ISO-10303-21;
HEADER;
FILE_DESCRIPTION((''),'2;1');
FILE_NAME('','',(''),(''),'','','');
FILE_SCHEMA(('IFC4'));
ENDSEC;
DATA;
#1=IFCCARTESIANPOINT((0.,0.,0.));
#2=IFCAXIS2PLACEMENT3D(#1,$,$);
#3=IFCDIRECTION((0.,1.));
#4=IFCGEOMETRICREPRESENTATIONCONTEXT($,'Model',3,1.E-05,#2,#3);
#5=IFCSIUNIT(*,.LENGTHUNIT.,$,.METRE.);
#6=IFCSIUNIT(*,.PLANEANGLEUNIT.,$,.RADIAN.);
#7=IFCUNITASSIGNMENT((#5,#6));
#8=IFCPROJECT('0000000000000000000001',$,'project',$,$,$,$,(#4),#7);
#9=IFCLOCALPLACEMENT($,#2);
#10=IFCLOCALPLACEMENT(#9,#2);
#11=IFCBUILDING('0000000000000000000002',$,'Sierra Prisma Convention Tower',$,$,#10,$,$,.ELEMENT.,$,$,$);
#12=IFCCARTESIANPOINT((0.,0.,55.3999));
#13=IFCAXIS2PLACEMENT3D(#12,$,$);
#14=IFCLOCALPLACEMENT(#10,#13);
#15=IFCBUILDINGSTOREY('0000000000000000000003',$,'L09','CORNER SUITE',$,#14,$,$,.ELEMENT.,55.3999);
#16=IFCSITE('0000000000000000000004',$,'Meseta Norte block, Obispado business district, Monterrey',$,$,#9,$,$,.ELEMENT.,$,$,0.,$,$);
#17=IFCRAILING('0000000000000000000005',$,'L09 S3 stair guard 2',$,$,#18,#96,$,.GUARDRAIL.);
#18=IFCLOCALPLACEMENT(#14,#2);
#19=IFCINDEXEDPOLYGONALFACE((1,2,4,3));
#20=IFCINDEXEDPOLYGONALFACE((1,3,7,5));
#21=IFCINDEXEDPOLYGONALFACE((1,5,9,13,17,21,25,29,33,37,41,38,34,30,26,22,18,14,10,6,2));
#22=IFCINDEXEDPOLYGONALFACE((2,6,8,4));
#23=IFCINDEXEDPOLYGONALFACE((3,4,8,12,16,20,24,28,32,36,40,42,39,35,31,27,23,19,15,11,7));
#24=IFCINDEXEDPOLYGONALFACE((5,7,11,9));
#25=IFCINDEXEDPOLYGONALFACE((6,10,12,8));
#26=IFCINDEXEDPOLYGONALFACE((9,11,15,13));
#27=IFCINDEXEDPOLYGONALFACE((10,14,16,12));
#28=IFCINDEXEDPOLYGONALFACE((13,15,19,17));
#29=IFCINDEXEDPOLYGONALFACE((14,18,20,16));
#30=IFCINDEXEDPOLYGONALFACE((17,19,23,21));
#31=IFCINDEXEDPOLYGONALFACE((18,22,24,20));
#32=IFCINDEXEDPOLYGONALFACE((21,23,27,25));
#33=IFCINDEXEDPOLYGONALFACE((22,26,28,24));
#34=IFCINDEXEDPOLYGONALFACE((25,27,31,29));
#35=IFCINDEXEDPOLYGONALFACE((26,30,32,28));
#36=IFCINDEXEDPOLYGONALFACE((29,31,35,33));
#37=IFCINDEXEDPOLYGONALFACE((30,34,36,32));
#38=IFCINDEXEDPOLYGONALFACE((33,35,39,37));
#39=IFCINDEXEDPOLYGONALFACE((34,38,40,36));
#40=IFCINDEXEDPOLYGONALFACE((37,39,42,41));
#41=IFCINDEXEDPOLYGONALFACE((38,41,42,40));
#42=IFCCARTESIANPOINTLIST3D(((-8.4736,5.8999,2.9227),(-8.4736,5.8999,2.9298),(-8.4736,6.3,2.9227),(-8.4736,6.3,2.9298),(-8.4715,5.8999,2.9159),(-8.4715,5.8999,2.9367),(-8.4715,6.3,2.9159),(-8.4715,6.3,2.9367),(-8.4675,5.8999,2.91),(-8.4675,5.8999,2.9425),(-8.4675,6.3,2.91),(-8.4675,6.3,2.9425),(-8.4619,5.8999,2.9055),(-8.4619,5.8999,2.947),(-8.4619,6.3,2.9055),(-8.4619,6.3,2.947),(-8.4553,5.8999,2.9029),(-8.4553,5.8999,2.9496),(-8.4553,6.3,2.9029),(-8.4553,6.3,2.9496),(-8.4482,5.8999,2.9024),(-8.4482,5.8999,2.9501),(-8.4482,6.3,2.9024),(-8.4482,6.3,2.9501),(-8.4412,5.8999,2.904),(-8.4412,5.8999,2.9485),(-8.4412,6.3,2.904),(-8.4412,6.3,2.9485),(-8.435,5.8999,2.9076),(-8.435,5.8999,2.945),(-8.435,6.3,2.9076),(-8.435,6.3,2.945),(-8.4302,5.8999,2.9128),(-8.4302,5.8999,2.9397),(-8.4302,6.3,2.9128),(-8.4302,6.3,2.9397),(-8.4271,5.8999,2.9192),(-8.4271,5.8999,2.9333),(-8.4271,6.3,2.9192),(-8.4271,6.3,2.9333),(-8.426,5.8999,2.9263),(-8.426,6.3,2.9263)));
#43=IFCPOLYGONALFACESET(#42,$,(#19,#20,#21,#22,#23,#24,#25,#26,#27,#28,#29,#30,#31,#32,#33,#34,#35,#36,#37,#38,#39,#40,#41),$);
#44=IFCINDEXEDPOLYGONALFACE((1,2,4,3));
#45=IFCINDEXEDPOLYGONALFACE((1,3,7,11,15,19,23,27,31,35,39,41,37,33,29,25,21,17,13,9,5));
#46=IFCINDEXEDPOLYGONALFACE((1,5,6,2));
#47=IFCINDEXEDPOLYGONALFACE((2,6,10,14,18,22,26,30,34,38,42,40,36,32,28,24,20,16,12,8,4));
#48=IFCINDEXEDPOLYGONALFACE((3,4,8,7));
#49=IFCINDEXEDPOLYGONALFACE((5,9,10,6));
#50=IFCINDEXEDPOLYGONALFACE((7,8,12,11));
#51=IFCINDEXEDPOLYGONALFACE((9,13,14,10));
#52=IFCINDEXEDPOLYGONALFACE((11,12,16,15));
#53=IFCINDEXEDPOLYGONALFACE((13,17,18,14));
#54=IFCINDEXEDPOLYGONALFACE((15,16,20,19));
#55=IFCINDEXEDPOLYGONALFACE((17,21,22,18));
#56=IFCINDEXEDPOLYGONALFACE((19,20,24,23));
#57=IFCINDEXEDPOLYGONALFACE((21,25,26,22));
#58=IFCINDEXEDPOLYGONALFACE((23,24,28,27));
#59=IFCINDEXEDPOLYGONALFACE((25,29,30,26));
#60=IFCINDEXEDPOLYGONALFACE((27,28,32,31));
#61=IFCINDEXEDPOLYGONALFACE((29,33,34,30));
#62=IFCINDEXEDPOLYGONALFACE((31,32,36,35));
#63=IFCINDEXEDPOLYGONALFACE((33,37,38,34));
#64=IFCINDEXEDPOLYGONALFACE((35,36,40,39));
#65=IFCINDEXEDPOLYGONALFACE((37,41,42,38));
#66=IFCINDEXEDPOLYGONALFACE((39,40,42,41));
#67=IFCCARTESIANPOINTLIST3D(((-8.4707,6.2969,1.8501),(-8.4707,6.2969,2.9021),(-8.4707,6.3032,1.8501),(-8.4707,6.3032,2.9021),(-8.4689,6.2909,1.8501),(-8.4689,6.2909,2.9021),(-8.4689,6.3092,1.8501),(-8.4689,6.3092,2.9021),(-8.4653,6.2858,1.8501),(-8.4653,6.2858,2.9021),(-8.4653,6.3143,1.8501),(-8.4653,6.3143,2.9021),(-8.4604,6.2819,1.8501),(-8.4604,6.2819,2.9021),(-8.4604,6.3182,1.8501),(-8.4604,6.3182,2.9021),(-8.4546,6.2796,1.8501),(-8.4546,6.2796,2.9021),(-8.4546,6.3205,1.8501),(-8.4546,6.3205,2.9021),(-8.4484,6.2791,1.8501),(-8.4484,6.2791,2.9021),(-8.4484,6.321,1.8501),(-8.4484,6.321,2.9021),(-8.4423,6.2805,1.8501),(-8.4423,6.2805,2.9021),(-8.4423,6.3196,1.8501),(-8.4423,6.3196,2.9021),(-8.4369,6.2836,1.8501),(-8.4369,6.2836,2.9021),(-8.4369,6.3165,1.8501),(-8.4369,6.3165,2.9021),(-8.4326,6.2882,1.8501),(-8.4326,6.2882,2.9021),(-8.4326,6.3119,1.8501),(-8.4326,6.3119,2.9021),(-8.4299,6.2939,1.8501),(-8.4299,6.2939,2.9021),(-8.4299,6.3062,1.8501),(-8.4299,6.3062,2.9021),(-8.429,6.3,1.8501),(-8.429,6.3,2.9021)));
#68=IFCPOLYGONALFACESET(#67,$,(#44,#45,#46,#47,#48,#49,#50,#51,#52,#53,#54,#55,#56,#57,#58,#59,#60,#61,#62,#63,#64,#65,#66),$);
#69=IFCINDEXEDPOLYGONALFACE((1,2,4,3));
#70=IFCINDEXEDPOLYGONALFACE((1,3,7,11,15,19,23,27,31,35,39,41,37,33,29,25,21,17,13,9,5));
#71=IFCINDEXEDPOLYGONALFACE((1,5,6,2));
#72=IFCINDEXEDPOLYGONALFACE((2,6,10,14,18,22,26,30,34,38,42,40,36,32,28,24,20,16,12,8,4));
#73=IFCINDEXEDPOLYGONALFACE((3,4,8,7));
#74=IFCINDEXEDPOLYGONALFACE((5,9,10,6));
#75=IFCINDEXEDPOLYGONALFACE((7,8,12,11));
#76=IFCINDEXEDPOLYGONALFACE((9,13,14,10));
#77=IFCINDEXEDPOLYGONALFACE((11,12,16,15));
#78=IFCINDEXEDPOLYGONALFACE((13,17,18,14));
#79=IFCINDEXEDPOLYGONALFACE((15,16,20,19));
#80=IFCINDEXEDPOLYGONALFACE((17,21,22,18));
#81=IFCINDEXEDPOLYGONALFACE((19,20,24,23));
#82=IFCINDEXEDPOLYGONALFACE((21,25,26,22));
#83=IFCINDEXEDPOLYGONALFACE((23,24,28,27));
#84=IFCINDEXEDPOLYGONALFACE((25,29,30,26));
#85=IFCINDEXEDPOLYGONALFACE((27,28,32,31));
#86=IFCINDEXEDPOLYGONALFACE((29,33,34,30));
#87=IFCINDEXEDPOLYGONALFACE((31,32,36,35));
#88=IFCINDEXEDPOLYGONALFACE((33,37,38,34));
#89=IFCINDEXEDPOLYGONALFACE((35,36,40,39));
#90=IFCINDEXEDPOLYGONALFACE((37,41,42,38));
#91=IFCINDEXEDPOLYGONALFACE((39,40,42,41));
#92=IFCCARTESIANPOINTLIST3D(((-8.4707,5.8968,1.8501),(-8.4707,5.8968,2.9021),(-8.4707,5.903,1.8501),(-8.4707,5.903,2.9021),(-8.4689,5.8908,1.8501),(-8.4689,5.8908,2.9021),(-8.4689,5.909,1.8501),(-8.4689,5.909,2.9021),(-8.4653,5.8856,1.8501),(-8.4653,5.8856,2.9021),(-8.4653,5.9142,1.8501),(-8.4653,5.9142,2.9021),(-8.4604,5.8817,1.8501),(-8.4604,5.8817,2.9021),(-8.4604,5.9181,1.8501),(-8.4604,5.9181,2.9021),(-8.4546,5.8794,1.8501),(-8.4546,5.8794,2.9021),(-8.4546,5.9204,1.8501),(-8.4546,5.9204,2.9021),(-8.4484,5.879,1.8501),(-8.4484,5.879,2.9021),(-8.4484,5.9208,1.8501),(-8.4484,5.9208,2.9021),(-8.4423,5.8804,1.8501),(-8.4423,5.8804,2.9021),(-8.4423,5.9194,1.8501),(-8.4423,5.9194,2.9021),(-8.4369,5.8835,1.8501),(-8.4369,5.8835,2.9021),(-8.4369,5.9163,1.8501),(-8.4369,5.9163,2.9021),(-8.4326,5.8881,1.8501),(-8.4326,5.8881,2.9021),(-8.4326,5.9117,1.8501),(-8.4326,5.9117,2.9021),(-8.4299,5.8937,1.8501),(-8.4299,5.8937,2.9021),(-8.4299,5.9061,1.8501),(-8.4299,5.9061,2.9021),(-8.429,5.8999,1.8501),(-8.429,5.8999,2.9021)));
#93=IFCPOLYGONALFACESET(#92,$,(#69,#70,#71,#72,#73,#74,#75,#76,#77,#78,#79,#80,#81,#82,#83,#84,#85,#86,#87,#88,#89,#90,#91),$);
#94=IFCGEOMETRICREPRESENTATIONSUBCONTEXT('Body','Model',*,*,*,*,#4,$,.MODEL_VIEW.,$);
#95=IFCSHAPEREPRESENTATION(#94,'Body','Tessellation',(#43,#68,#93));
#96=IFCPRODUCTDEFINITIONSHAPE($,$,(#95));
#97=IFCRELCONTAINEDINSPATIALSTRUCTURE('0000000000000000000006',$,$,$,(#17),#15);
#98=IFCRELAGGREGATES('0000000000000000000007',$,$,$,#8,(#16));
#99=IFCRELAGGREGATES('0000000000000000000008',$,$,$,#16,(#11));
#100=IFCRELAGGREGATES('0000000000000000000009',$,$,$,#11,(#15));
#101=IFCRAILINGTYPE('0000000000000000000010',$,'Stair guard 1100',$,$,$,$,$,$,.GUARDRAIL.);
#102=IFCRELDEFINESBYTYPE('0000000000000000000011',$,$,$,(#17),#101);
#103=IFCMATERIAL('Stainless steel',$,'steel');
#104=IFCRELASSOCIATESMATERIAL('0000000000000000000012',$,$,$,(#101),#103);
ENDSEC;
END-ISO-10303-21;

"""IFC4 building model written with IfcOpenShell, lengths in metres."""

from ifc_helpers import new_model, si_unit, direction, frame, origin, origin_2d, place, context, subcontext, project, spatial, circle, extrude, material, type_object, element, save


model = new_model("IFC4")

# Units and contexts
model_context = context("Model", 3, precision=1e-05, world=origin(), true_north=direction((0.0, 1.0)))
body_context = subcontext(model_context, "Body", "Model", "MODEL_VIEW")
ifc_project = project(units=[si_unit("LENGTHUNIT", "METRE"), si_unit("PLANEANGLEUNIT", "RADIAN")], contexts=[model_context])

# Site, building, storey
site_placement = place(None, origin())
site = spatial("IfcSite", under=ifc_project, at=site_placement, Name="Meseta Norte block, Obispado business district, Monterrey", CompositionType="ELEMENT", RefElevation=0.0)
building_placement = place(site_placement, origin())
building = spatial("IfcBuilding", under=site, at=building_placement, Name="Sierra Prisma Convention Tower", CompositionType="ELEMENT")
storey_placement = place(building_placement, frame((0.0, 0.0, 55.3999)))
storey = spatial("IfcBuildingStorey", under=building, at=storey_placement, Name="L09", Description="CORNER SUITE", CompositionType="ELEMENT", Elevation=55.3999)

# Railing
ifc_material_1 = material(Name="Stainless steel", Category="steel")
railing_type_1 = type_object("IfcRailingType", Name="Stair guard 1100", PredefinedType="GUARDRAIL", material=ifc_material_1)
railing_1_placement = place(storey_placement, frame((-8.45, 6.3, 1.8501)))
element("IfcRailing", 1, at=railing_1_placement, inside=storey, type_object=railing_type_1, Name="L09 S3 stair guard 2", PredefinedType="GUARDRAIL", context=body_context, shape_type="SweptSolid", body=[
    extrude(circle(Radius=0.0239, at=origin_2d()), frame((0.0, 0.0, 1.0762), z_axis=(0.0, -1.0, 0.0), x_axis=(1.0, 0.0, 0.0)), (0.0, 0.0, 1.0), 0.4001),
    extrude(circle(Radius=0.021, at=origin_2d()), origin(), (0.0, 0.0, 1.0), 1.052),
    extrude(circle(Radius=0.021, at=origin_2d()), frame((0.0, -0.4001, 0.0)), (0.0, 0.0, 1.0), 1.052),
])

save(model, "model.ifc")
